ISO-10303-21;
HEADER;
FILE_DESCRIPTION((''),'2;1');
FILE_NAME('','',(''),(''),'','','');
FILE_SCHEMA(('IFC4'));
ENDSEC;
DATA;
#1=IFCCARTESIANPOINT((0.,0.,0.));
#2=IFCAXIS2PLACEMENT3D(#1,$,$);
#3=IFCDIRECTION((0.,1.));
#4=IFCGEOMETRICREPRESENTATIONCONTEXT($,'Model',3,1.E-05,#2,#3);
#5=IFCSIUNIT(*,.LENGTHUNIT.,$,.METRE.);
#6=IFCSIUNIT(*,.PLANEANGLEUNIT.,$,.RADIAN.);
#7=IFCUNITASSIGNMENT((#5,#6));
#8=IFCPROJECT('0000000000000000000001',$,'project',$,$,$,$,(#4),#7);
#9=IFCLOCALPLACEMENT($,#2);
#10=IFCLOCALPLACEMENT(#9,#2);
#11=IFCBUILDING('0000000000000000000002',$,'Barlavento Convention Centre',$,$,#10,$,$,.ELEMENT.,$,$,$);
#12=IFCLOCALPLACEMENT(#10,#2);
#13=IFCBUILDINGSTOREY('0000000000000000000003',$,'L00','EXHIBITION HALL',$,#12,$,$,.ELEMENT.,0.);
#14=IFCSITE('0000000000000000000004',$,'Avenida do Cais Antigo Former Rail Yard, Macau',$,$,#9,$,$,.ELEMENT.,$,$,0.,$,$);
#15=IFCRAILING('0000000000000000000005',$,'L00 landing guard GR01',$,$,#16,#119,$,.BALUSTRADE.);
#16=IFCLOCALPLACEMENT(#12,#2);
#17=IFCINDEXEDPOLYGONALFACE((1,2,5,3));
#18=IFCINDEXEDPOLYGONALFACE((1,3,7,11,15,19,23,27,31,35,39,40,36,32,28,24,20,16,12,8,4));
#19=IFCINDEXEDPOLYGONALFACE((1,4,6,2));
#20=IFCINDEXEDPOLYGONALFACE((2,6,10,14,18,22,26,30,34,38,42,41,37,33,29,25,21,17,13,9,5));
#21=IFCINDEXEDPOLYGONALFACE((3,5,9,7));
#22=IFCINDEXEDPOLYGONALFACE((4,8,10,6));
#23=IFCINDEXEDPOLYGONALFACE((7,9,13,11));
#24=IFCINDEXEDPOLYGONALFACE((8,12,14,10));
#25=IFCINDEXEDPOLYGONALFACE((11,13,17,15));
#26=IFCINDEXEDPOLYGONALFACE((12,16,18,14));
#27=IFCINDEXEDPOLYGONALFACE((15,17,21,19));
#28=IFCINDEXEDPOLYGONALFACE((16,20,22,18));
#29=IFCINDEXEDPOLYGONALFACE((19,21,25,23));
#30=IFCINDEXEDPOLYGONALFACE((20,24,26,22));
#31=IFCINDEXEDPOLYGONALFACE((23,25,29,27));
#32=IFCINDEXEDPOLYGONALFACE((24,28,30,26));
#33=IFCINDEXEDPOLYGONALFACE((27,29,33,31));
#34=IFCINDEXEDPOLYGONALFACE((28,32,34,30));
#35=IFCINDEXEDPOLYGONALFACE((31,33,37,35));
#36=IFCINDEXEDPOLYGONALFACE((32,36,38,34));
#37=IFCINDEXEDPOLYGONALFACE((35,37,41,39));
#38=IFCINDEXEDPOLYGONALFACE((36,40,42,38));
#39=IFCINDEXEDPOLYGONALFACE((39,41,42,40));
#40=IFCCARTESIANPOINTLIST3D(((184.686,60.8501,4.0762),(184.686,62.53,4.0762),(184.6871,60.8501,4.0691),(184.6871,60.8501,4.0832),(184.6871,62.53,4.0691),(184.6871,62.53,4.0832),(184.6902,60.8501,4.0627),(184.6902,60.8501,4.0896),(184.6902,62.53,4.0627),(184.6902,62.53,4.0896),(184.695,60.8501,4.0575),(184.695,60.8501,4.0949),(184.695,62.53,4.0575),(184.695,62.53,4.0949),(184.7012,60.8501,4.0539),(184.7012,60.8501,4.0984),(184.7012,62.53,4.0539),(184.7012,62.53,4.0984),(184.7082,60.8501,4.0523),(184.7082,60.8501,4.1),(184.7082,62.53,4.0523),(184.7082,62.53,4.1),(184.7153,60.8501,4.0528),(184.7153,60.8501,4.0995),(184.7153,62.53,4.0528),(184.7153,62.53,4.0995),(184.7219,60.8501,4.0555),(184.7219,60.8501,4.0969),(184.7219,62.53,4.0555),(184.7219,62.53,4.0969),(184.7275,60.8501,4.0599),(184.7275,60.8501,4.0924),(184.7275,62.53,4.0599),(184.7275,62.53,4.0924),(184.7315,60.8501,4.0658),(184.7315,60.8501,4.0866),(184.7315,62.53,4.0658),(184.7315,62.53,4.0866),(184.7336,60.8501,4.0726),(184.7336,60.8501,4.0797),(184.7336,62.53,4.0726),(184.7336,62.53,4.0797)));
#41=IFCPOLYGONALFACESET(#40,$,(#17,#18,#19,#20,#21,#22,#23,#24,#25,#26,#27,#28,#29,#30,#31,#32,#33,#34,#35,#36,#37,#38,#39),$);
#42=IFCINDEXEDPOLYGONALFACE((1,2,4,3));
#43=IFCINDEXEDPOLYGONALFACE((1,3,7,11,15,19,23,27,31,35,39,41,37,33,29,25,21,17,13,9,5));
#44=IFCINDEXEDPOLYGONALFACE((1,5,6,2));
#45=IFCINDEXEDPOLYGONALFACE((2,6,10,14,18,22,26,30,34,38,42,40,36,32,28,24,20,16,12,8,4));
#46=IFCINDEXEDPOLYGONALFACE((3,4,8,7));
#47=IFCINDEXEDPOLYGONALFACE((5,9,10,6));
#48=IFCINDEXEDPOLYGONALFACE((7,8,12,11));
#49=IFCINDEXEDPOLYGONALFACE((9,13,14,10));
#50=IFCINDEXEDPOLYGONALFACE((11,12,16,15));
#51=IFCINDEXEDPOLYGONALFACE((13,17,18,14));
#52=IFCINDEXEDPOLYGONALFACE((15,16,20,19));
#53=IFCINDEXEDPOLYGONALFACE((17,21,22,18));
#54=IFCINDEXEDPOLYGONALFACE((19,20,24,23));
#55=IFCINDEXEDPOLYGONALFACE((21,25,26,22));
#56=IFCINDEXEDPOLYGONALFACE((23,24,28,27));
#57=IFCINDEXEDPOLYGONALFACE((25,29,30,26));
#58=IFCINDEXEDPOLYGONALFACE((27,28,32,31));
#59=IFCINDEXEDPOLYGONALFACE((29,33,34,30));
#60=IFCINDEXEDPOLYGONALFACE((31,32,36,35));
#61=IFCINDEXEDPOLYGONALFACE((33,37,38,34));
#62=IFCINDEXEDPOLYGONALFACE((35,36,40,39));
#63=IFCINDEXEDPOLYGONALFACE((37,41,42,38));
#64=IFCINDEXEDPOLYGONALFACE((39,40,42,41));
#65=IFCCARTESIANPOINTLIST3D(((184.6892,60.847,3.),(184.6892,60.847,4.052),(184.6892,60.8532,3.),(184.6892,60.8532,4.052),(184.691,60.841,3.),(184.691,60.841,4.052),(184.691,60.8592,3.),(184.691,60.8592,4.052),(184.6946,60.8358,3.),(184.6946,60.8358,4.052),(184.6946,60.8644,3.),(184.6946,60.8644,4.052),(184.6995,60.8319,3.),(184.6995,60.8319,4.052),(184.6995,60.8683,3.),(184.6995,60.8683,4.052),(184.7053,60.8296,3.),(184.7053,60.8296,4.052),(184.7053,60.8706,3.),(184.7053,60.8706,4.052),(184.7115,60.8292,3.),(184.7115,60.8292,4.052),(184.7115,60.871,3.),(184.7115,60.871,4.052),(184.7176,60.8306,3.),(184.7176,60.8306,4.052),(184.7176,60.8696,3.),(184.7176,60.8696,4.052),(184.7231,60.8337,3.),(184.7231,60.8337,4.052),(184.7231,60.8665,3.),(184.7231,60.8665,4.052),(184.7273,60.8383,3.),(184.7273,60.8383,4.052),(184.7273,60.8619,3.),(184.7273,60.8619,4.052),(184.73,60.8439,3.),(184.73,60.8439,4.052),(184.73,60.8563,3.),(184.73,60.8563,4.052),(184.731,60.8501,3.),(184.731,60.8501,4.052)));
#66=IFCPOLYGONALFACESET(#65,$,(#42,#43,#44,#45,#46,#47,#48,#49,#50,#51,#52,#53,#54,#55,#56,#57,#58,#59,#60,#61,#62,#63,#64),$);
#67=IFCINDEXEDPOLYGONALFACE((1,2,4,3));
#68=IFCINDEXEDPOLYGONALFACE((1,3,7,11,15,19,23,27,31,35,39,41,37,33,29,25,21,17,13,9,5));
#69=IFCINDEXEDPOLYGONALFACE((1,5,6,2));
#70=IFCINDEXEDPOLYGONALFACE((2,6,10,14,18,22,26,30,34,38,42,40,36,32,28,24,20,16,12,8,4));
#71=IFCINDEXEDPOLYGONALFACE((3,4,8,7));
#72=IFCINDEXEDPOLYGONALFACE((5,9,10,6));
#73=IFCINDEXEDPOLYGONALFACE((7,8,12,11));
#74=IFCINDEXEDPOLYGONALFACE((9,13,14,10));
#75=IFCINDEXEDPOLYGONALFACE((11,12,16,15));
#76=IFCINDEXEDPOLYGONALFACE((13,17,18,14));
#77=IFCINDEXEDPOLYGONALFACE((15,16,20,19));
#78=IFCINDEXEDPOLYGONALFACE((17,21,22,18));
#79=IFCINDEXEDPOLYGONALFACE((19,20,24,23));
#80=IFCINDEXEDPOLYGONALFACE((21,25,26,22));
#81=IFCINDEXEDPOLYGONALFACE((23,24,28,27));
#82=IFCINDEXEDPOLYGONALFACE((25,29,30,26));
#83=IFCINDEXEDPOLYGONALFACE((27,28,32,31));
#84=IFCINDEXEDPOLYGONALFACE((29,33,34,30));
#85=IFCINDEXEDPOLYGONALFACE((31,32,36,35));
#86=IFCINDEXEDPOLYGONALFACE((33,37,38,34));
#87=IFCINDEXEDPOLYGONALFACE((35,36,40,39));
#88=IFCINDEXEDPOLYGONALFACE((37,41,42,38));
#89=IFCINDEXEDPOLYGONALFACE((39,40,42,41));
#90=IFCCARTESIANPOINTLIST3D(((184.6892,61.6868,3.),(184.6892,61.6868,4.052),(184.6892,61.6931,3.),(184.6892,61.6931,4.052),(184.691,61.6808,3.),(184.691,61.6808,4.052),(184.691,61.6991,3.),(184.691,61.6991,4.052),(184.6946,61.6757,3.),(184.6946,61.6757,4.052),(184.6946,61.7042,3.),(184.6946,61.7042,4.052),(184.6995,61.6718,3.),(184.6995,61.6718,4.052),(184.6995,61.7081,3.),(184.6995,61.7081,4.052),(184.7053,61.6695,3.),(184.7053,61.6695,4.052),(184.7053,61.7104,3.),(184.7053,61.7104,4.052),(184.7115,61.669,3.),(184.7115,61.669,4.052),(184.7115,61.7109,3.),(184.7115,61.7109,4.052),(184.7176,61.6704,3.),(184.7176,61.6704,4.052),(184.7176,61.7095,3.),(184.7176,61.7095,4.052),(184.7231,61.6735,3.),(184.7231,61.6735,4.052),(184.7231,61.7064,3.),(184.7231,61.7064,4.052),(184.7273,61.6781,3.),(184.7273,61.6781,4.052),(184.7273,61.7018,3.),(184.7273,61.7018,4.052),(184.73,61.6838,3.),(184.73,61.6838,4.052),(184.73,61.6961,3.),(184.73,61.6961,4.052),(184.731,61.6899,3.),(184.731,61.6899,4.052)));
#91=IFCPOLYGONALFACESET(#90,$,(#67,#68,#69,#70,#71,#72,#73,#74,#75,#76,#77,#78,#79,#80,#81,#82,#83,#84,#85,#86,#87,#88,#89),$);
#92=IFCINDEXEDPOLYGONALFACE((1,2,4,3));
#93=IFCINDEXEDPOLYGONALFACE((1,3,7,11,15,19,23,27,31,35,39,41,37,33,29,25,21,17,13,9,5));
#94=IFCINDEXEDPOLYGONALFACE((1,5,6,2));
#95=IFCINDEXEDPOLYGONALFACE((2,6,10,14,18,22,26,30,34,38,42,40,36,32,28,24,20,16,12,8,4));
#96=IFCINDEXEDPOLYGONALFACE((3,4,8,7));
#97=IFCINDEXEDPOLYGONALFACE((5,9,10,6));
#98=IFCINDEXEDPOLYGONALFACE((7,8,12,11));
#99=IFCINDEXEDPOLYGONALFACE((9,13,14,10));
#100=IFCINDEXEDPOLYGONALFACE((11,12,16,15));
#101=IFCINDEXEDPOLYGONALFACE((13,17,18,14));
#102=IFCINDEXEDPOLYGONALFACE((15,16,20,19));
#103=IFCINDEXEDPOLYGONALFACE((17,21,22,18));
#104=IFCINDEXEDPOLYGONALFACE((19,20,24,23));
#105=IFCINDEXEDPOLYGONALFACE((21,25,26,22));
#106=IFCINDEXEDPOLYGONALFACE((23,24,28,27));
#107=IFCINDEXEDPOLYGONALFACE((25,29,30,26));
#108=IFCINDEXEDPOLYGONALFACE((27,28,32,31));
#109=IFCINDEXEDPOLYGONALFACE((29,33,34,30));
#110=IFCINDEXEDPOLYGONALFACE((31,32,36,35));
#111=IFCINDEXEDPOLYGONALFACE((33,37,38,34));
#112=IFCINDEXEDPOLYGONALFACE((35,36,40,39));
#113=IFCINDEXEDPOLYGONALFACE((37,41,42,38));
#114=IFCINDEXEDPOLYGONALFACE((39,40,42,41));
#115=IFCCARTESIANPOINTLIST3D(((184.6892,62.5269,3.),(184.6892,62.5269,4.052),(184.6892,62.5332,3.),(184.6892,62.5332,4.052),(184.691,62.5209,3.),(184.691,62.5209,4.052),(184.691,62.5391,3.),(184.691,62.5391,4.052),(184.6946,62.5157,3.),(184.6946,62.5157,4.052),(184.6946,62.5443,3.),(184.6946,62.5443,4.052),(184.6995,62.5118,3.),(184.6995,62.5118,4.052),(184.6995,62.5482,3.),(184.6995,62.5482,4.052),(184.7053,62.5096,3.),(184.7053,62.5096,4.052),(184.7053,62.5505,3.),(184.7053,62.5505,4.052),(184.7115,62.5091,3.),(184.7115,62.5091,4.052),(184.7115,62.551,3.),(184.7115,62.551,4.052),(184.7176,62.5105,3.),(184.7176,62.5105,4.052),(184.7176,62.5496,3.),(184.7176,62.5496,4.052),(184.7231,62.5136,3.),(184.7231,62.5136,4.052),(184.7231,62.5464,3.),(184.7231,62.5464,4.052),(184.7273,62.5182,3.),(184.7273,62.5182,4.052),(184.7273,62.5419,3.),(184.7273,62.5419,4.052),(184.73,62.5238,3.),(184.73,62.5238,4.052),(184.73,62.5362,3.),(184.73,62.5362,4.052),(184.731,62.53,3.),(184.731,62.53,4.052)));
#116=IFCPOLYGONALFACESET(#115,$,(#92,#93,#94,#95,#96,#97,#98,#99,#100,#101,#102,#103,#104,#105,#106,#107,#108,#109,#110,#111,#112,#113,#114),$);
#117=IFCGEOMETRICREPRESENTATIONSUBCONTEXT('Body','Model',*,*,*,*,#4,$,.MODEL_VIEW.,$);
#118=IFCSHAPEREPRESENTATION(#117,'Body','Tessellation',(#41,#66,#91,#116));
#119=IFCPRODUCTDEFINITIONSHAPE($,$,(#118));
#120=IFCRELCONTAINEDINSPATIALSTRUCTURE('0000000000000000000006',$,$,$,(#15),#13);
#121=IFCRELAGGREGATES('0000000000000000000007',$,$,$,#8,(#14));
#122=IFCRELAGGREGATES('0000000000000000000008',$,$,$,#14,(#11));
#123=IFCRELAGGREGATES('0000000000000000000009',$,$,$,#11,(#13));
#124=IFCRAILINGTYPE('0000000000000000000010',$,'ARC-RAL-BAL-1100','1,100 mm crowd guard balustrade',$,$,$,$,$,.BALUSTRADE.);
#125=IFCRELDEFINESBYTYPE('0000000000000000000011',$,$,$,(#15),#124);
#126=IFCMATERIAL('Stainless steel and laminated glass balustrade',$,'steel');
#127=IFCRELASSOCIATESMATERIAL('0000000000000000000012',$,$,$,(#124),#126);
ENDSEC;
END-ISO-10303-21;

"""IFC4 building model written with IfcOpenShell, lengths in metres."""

from ifc_helpers import new_model, si_unit, direction, frame, origin, origin_2d, place, context, subcontext, project, spatial, circle, extrude, material, type_object, element, save


model = new_model("IFC4")

# Units and contexts
model_context = context("Model", 3, precision=1e-05, world=origin(), true_north=direction((0.0, 1.0)))
body_context = subcontext(model_context, "Body", "Model", "MODEL_VIEW")
ifc_project = project(units=[si_unit("LENGTHUNIT", "METRE"), si_unit("PLANEANGLEUNIT", "RADIAN")], contexts=[model_context])

# Site, building, storey
site_placement = place(None, origin())
site = spatial("IfcSite", under=ifc_project, at=site_placement, Name="Avenida do Cais Antigo Former Rail Yard, Macau", CompositionType="ELEMENT", RefElevation=0.0)
building_placement = place(site_placement, origin())
building = spatial("IfcBuilding", under=site, at=building_placement, Name="Barlavento Convention Centre", CompositionType="ELEMENT")
storey_placement = place(building_placement, origin())
storey = spatial("IfcBuildingStorey", under=building, at=storey_placement, Name="L00", Description="EXHIBITION HALL", CompositionType="ELEMENT", Elevation=0.0)

# Railing
ifc_material_1 = material(Name="Stainless steel and laminated glass balustrade", Category="steel")
railing_type_1 = type_object("IfcRailingType", Name="ARC-RAL-BAL-1100", Description="1,100 mm crowd guard balustrade", PredefinedType="BALUSTRADE", material=ifc_material_1)
for number, where, name in (
    (1, (184.71, 60.8501, 3.0), "L00 landing guard GR01"),
):
    element("IfcRailing", number, at=place(storey_placement, frame(where)), inside=storey, type_object=railing_type_1, Name=name, PredefinedType="BALUSTRADE", context=body_context, shape_type="SweptSolid", body=[
        extrude(circle(Radius=0.0239, at=origin_2d()), frame((0.0, 0.0, 1.0762), z_axis=(0.0, 1.0, 0.0), x_axis=(-1.0, 0.0, 0.0)), (0.0, 0.0, 1.0), 1.6799),
        extrude(circle(Radius=0.021, at=origin_2d()), origin(), (0.0, 0.0, 1.0), 1.052),
        extrude(circle(Radius=0.021, at=origin_2d()), frame((0.0, 0.8398, 0.0)), (0.0, 0.0, 1.0), 1.052),
        extrude(circle(Radius=0.021, at=origin_2d()), frame((0.0, 1.6799, 0.0)), (0.0, 0.0, 1.0), 1.052),
    ])

save(model, "model.ifc")
